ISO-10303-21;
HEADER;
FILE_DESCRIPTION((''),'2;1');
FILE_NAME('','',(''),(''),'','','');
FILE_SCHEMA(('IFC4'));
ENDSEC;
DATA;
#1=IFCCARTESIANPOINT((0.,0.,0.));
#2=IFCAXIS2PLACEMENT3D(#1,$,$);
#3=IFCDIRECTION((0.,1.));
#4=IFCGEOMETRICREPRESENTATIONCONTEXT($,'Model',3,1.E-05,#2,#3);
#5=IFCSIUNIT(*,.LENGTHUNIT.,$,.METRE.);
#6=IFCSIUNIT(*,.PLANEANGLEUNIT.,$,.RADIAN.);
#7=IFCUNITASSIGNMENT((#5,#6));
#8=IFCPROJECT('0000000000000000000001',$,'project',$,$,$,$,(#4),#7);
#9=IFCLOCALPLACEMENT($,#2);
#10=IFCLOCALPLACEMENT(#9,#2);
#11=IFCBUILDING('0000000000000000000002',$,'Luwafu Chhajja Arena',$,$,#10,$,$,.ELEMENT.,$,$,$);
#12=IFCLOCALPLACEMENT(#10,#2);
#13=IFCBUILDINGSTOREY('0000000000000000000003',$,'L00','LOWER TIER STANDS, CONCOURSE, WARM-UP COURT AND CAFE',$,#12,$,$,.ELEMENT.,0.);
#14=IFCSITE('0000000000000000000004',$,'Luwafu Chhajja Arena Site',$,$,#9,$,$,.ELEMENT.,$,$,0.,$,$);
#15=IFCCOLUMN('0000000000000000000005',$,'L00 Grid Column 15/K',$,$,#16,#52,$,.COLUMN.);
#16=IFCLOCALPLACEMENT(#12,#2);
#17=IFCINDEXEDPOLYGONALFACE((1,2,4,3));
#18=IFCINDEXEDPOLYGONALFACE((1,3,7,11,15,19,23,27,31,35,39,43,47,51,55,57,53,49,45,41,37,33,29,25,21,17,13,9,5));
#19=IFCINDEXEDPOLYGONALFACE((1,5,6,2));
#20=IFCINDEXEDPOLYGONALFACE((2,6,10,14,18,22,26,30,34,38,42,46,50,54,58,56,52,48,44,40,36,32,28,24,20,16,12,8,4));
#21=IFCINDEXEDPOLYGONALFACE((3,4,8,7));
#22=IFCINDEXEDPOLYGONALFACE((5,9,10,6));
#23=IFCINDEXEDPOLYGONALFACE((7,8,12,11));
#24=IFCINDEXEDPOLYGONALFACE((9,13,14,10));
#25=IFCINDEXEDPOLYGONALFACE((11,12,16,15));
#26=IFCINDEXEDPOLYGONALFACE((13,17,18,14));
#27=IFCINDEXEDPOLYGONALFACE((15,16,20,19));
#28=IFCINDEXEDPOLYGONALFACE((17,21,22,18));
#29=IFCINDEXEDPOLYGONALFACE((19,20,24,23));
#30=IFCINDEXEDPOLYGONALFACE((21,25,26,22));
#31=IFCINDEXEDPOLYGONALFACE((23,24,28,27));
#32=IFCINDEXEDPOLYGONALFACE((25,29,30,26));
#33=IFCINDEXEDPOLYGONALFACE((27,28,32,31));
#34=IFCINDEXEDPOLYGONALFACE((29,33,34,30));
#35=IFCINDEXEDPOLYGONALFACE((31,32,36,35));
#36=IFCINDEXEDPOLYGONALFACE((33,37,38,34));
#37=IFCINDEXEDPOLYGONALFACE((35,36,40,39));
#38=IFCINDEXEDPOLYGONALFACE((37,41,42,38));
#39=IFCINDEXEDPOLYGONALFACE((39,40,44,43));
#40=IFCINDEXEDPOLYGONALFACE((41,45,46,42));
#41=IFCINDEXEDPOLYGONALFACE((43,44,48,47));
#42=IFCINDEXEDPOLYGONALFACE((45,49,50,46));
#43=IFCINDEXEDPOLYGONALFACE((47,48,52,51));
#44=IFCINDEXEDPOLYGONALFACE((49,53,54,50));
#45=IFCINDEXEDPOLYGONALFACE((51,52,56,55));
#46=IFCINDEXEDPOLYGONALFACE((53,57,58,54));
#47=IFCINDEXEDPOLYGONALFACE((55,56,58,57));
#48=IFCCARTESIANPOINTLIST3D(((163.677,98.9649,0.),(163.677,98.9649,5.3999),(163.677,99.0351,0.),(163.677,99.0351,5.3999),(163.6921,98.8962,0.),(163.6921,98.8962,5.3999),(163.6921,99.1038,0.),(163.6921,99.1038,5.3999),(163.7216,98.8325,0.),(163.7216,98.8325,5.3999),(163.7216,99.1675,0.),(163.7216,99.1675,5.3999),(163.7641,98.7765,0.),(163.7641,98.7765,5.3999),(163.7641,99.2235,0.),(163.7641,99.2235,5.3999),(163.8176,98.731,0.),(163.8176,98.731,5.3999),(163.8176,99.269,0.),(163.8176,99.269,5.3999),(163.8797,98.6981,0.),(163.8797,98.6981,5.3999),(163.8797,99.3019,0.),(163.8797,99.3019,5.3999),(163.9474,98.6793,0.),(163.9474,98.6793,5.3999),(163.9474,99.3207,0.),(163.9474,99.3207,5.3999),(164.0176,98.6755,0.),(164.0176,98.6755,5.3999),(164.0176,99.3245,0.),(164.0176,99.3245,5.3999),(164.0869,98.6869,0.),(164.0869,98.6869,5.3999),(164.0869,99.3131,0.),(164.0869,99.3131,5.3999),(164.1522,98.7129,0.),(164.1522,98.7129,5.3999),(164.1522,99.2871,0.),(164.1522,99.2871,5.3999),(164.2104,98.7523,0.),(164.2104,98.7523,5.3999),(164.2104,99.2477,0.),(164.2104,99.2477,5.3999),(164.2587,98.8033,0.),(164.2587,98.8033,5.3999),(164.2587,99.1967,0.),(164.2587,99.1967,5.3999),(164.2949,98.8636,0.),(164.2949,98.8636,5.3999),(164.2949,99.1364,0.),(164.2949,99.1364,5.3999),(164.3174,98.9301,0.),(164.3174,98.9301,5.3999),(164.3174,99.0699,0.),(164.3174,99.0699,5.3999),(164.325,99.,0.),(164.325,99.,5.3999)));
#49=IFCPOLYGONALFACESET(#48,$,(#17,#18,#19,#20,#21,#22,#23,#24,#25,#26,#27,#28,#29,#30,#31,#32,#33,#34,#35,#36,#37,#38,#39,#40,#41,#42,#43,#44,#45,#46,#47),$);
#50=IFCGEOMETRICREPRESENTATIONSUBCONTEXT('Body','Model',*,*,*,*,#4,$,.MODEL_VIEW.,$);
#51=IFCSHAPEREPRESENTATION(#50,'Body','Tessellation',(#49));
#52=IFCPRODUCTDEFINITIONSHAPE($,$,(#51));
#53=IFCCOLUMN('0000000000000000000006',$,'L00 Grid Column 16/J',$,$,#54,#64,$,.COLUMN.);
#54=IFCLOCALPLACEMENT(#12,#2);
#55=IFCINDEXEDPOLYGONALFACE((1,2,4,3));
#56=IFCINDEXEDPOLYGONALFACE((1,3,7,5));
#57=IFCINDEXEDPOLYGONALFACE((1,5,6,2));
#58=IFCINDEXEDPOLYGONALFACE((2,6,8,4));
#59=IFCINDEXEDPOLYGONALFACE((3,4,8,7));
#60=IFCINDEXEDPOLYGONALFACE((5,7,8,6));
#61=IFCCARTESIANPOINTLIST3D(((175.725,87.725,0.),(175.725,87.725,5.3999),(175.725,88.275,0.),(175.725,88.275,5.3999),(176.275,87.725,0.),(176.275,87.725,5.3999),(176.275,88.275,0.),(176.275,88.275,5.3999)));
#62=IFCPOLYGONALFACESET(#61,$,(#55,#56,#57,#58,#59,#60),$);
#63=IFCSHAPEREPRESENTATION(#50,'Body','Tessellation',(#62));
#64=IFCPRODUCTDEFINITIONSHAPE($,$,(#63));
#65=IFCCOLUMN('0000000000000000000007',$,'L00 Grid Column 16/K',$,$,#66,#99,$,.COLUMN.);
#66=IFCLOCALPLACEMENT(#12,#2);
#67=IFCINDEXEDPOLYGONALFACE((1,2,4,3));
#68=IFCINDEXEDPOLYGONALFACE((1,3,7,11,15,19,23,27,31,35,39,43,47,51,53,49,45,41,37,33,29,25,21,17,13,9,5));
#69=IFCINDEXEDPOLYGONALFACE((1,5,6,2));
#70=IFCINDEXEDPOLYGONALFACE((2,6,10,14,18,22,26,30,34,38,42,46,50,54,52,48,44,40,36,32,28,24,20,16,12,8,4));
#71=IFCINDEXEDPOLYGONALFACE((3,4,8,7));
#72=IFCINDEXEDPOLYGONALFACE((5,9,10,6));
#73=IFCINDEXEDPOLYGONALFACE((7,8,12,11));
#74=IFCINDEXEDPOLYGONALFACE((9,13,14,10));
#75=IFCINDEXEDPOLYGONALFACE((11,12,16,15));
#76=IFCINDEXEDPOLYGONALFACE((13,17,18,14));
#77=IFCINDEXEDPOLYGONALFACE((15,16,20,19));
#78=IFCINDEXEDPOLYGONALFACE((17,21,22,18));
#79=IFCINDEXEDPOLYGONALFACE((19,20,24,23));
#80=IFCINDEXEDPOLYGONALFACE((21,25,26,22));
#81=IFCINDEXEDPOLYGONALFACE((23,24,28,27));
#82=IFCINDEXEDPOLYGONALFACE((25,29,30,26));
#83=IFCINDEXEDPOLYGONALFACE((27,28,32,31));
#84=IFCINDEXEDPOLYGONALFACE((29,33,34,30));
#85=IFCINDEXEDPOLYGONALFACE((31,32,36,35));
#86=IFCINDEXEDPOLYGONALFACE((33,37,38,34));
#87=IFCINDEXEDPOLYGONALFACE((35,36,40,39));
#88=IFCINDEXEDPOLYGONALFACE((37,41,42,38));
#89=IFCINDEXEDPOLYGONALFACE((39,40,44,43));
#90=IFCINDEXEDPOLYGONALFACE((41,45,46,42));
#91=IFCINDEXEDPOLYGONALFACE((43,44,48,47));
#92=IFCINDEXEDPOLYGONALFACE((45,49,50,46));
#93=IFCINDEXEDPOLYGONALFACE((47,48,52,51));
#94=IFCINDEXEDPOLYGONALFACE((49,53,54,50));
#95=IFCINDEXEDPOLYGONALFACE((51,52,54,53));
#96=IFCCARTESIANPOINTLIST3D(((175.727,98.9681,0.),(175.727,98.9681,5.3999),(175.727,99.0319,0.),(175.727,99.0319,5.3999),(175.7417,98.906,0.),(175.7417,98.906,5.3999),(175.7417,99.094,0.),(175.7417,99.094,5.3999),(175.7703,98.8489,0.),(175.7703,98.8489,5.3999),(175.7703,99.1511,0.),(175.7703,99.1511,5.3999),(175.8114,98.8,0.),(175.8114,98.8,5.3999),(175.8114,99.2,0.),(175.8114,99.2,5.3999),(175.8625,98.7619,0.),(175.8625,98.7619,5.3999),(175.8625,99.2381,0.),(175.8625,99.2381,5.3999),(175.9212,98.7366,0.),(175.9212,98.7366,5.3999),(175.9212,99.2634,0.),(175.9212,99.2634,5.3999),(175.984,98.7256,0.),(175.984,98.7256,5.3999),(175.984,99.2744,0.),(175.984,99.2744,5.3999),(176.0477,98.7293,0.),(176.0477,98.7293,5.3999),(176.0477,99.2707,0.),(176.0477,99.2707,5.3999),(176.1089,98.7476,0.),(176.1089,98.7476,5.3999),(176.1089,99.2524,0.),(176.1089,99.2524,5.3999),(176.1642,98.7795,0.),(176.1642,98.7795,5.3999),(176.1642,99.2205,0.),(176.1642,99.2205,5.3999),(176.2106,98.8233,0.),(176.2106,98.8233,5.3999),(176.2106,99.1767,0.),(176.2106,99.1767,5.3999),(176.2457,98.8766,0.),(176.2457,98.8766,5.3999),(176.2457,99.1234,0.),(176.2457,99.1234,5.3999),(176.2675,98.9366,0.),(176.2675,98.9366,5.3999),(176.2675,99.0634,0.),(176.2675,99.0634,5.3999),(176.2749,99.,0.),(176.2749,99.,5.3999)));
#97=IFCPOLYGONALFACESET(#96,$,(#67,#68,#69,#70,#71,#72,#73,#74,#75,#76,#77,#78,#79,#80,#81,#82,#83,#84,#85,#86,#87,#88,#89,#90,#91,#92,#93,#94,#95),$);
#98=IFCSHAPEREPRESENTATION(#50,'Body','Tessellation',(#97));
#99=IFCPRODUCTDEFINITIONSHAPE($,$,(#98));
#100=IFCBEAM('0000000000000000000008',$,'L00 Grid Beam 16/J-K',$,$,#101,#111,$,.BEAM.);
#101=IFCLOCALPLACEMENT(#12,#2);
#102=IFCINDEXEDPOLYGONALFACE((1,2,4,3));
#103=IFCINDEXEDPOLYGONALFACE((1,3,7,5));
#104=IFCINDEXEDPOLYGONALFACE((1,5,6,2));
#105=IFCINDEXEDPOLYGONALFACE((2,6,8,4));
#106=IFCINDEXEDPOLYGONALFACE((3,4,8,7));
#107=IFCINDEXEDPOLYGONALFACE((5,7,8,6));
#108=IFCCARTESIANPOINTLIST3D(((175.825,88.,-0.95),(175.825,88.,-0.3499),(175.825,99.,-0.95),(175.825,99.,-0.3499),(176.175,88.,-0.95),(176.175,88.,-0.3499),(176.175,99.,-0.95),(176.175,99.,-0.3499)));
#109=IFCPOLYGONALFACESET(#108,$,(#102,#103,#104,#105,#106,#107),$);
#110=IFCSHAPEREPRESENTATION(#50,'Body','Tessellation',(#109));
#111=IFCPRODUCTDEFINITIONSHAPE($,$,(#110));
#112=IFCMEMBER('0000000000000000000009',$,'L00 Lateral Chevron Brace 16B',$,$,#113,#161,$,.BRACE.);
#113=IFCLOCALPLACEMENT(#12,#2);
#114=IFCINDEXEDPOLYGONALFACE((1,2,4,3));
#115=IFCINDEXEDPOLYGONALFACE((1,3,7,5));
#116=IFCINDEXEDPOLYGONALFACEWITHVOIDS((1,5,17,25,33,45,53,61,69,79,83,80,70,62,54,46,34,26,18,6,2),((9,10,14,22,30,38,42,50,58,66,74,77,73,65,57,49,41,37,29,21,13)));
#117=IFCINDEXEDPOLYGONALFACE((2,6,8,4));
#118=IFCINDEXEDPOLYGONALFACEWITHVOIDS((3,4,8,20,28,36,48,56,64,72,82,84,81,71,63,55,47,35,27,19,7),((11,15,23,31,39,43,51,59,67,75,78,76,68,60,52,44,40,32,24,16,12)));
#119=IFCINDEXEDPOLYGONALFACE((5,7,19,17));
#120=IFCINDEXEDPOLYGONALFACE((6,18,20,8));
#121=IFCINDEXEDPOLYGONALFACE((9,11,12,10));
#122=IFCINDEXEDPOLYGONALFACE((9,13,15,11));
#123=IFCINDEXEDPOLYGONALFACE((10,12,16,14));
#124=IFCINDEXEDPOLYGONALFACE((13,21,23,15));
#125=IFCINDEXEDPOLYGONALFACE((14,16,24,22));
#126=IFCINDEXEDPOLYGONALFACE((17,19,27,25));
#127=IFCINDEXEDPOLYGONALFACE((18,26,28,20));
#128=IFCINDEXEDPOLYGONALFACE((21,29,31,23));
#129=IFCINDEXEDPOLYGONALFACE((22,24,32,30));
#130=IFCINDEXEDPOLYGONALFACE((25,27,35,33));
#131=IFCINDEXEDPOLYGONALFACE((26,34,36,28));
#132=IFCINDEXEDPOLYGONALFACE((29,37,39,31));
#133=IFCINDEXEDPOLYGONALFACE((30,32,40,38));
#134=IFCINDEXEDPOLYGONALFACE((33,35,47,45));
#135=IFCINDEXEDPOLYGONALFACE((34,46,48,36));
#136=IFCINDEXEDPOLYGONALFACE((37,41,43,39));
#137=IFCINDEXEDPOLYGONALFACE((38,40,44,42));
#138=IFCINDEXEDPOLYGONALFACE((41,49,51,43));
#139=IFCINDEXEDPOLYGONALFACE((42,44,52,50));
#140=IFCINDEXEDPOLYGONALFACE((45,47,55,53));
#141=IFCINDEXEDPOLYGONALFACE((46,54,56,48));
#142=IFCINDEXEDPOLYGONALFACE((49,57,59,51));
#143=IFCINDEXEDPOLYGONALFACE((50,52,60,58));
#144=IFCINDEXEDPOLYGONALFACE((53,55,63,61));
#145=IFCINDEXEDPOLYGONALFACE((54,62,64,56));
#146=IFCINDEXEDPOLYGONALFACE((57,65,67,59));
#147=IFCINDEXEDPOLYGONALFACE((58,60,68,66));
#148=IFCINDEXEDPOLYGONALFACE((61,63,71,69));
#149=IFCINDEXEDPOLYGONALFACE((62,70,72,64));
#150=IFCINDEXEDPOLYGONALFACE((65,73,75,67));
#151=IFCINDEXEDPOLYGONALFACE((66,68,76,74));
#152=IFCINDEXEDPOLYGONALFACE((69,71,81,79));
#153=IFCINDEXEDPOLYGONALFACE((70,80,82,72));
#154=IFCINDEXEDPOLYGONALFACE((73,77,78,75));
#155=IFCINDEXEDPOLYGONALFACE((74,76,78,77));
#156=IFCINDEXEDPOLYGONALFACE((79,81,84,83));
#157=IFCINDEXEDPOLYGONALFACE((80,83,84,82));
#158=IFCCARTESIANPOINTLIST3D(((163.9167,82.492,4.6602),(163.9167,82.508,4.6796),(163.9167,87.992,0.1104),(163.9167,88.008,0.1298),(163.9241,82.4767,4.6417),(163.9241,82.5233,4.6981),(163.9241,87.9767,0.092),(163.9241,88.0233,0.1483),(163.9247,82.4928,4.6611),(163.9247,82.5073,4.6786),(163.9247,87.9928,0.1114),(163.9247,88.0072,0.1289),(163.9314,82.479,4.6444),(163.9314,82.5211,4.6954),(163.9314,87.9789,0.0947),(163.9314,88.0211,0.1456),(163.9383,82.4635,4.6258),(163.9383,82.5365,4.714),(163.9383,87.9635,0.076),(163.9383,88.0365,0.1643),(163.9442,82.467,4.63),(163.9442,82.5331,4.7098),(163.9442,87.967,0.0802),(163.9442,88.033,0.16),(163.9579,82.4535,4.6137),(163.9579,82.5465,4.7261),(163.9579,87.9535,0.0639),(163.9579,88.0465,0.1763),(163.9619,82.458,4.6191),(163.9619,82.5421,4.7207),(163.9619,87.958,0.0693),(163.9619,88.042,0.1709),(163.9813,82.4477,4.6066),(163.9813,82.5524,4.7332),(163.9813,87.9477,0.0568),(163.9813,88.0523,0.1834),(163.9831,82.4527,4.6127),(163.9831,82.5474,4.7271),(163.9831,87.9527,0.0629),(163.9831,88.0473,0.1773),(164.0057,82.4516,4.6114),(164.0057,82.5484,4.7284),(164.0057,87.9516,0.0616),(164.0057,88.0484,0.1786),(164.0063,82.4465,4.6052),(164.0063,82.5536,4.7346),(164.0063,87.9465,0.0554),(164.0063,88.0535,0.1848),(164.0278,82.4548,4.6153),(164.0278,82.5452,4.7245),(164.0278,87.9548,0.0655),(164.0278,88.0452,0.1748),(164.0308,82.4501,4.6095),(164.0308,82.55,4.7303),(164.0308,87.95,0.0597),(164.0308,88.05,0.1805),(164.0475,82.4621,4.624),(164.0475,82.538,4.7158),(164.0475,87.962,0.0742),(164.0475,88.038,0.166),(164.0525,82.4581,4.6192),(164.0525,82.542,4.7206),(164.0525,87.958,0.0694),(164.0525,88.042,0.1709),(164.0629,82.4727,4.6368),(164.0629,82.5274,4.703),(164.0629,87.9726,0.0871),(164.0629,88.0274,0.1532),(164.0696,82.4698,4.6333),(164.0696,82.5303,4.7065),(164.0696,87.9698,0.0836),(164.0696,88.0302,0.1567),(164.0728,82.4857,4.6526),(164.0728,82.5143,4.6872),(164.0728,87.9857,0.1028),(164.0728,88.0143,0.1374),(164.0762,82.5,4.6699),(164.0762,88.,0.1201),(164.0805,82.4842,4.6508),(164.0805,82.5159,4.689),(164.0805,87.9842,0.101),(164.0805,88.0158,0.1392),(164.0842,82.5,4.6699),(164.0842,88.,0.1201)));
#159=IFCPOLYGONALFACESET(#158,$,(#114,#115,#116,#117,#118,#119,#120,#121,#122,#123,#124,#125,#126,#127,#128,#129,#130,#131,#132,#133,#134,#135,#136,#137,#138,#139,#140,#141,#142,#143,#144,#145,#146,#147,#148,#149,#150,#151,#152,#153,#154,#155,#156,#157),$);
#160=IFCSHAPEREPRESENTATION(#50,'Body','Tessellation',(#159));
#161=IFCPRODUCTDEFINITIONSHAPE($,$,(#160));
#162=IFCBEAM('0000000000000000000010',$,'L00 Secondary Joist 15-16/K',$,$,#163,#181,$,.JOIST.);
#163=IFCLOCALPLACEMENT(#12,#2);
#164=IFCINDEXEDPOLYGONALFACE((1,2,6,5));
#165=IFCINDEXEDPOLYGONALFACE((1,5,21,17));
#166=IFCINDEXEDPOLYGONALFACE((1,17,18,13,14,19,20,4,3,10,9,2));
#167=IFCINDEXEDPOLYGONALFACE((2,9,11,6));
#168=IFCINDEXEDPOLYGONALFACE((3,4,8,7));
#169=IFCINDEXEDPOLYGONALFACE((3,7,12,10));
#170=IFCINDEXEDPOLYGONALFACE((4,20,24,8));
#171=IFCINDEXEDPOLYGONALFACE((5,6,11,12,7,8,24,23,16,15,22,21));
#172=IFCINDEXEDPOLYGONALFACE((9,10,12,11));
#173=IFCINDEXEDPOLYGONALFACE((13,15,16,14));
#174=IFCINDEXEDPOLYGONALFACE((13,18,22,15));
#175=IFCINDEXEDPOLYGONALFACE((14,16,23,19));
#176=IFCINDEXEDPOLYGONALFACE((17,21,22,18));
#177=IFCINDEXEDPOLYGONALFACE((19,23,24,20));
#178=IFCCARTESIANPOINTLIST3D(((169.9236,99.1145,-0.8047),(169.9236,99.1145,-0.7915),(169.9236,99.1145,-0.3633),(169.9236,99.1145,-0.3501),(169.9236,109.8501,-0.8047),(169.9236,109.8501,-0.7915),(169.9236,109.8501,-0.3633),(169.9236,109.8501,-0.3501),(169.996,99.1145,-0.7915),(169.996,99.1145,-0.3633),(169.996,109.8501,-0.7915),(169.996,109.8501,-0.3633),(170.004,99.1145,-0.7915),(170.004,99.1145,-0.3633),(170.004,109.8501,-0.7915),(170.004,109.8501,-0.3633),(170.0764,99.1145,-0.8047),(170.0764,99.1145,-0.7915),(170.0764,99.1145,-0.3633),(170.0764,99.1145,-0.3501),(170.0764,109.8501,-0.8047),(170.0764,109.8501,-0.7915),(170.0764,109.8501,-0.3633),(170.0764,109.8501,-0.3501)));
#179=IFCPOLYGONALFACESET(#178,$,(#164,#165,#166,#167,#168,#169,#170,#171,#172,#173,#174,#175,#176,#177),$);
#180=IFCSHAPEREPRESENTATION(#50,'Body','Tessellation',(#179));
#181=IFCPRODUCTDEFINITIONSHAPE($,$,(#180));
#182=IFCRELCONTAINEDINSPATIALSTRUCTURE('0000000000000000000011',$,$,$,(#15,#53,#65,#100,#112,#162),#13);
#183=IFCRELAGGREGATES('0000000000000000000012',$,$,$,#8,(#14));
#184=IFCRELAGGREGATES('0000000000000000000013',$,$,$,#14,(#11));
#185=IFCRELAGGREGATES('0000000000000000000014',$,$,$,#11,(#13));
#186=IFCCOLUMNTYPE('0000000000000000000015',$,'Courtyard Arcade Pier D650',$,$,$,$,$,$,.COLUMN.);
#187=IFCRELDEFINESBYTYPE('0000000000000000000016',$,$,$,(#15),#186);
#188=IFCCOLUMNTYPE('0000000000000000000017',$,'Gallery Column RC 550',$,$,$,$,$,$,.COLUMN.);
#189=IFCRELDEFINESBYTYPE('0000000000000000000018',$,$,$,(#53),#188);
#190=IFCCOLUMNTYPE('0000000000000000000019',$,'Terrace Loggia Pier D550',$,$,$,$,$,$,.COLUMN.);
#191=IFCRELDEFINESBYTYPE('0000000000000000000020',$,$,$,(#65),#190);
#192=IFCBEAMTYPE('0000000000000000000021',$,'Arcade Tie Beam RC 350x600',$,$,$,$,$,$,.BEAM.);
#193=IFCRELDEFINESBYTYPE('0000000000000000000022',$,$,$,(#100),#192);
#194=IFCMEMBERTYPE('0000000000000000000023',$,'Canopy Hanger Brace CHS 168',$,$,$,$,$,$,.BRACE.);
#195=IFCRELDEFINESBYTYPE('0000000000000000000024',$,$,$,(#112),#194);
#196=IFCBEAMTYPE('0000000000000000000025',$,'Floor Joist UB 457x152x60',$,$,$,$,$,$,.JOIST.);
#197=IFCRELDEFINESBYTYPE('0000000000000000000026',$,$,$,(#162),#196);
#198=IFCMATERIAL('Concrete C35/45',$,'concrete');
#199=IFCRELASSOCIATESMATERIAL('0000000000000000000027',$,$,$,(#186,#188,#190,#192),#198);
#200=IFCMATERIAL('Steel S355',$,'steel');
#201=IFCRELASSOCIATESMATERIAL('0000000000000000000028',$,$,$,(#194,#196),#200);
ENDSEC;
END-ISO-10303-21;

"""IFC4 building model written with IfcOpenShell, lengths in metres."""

from ifc_helpers import new_model, si_unit, direction, frame, origin, origin_2d, place, context, subcontext, project, spatial, rectangle, circle, hollow_circle, i_section, extrude, material, material_profile, profile_set, type_object, element, save


model = new_model("IFC4")

# Units and contexts
model_context = context("Model", 3, precision=1e-05, world=origin(), true_north=direction((0.0, 1.0)))
body_context = subcontext(model_context, "Body", "Model", "MODEL_VIEW")
ifc_project = project(units=[si_unit("LENGTHUNIT", "METRE"), si_unit("PLANEANGLEUNIT", "RADIAN")], contexts=[model_context])

# Site, building, storey
site_placement = place(None, origin())
site = spatial("IfcSite", under=ifc_project, at=site_placement, Name="Luwafu Chhajja Arena Site", CompositionType="ELEMENT", RefElevation=0.0)
building_placement = place(site_placement, origin())
building = spatial("IfcBuilding", under=site, at=building_placement, Name="Luwafu Chhajja Arena", CompositionType="ELEMENT")
storey_placement = place(building_placement, origin())
storey = spatial("IfcBuildingStorey", under=building, at=storey_placement, Name="L00", Description="LOWER TIER STANDS, CONCOURSE, WARM-UP COURT AND CAFE", CompositionType="ELEMENT", Elevation=0.0)

# Columns
ifc_material_1 = material(Name="Concrete C35/45", Category="concrete")
ifc_material_profile_1 = material_profile(ifc_material_1, circle(Radius=0.325, at=origin_2d()), Name="RC COL D650")
ifc_profile_set_1 = profile_set([ifc_material_profile_1], Name="Concrete C35/45")
column_type_1 = type_object("IfcColumnType", Name="Courtyard Arcade Pier D650", PredefinedType="COLUMN", material=ifc_profile_set_1)
column_1_placement = place(storey_placement, frame((164.0, 99.0, 0.0), z_axis=(0.0, 0.0, 1.0), x_axis=(1.0, 0.0, 0.0)))
element("IfcColumn", 1, at=column_1_placement, inside=storey, type_object=column_type_1, Name="L00 Grid Column 15/K", PredefinedType="COLUMN", context=body_context, shape_type="SweptSolid", body=[
    extrude(circle(Radius=0.325, at=origin_2d()), origin(), (0.0, 0.0, 1.0), 5.3999),
])
ifc_material_profile_2 = material_profile(ifc_material_1, rectangle(XDim=0.55, YDim=0.55, at=origin_2d()), Name="RC 550x550")
ifc_profile_set_2 = profile_set([ifc_material_profile_2], Name="Concrete C35/45")
column_type_2 = type_object("IfcColumnType", Name="Gallery Column RC 550", PredefinedType="COLUMN", material=ifc_profile_set_2)
column_2_placement = place(storey_placement, frame((176.0, 88.0, 0.0), z_axis=(0.0, 0.0, 1.0), x_axis=(1.0, 0.0, 0.0)))
element("IfcColumn", 2, at=column_2_placement, inside=storey, type_object=column_type_2, Name="L00 Grid Column 16/J", PredefinedType="COLUMN", context=body_context, shape_type="SweptSolid", body=[
    extrude(rectangle(XDim=0.55, YDim=0.55, at=origin_2d()), origin(), (0.0, 0.0, 1.0), 5.3999),
])
ifc_material_profile_3 = material_profile(ifc_material_1, circle(Radius=0.2749, at=origin_2d()), Name="RC COL D550")
ifc_profile_set_3 = profile_set([ifc_material_profile_3], Name="Concrete C35/45")
column_type_3 = type_object("IfcColumnType", Name="Terrace Loggia Pier D550", PredefinedType="COLUMN", material=ifc_profile_set_3)
column_3_placement = place(storey_placement, frame((176.0, 99.0, 0.0), z_axis=(0.0, 0.0, 1.0), x_axis=(1.0, 0.0, 0.0)))
element("IfcColumn", 3, at=column_3_placement, inside=storey, type_object=column_type_3, Name="L00 Grid Column 16/K", PredefinedType="COLUMN", context=body_context, shape_type="SweptSolid", body=[
    extrude(circle(Radius=0.2749, at=origin_2d()), origin(), (0.0, 0.0, 1.0), 5.3999),
])

# Beam
ifc_material_profile_4 = material_profile(ifc_material_1, rectangle(XDim=0.3501, YDim=0.6001, at=origin_2d()), Name="RC 350x600")
ifc_profile_set_4 = profile_set([ifc_material_profile_4], Name="Concrete C35/45")
beam_type_1 = type_object("IfcBeamType", Name="Arcade Tie Beam RC 350x600", PredefinedType="BEAM", material=ifc_profile_set_4)
beam_1_placement = place(storey_placement, frame((176.0, 88.0, -0.6499), z_axis=(0.0, 1.0, 0.0), x_axis=(-1.0, 0.0, 0.0)))
element("IfcBeam", 4, at=beam_1_placement, inside=storey, type_object=beam_type_1, Name="L00 Grid Beam 16/J-K", PredefinedType="BEAM", context=body_context, shape_type="SweptSolid", body=[
    extrude(rectangle(XDim=0.3501, YDim=0.6001, at=origin_2d()), origin(), (0.0, 0.0, 1.0), 11.0),
])

# Member
ifc_material_2 = material(Name="Steel S355", Category="steel")
ifc_material_profile_5 = material_profile(ifc_material_2, hollow_circle(Radius=0.0842, WallThickness=0.0081, at=origin_2d()), Name="CHS 168.3x8")
ifc_profile_set_5 = profile_set([ifc_material_profile_5], Name="Steel S355")
member_type = type_object("IfcMemberType", Name="Canopy Hanger Brace CHS 168", PredefinedType="BRACE", material=ifc_profile_set_5)
member_placement = place(storey_placement, frame((164.0, 88.0, 0.1201), z_axis=(0.0, -0.770526, 0.637408), x_axis=(1.0, 0.0, 0.0)))
element("IfcMember", 5, at=member_placement, inside=storey, type_object=member_type, Name="L00 Lateral Chevron Brace 16B", PredefinedType="BRACE", context=body_context, shape_type="SweptSolid", body=[
    extrude(hollow_circle(Radius=0.0842, WallThickness=0.0081, at=origin_2d()), origin(), (0.0, 0.0, 1.0), 7.1379),
])

# Beam
ifc_material_profile_6 = material_profile(ifc_material_2, i_section(OverallWidth=0.1528, OverallDepth=0.4546, WebThickness=0.0081, FlangeThickness=0.0132, at=origin_2d()), Name="UB 457x152x60")
ifc_profile_set_6 = profile_set([ifc_material_profile_6], Name="Steel S355")
beam_type_2 = type_object("IfcBeamType", Name="Floor Joist UB 457x152x60", PredefinedType="JOIST", material=ifc_profile_set_6)
beam_2_placement = place(storey_placement, frame((170.0, 99.1145, -0.5774), z_axis=(0.0, 1.0, 0.0), x_axis=(-1.0, 0.0, 0.0)))
element("IfcBeam", 6, at=beam_2_placement, inside=storey, type_object=beam_type_2, Name="L00 Secondary Joist 15-16/K", PredefinedType="JOIST", context=body_context, shape_type="SweptSolid", body=[
    extrude(i_section(OverallWidth=0.1528, OverallDepth=0.4546, WebThickness=0.0081, FlangeThickness=0.0132, at=origin_2d()), origin(), (0.0, 0.0, 1.0), 10.7356),
])

save(model, "model.ifc")
